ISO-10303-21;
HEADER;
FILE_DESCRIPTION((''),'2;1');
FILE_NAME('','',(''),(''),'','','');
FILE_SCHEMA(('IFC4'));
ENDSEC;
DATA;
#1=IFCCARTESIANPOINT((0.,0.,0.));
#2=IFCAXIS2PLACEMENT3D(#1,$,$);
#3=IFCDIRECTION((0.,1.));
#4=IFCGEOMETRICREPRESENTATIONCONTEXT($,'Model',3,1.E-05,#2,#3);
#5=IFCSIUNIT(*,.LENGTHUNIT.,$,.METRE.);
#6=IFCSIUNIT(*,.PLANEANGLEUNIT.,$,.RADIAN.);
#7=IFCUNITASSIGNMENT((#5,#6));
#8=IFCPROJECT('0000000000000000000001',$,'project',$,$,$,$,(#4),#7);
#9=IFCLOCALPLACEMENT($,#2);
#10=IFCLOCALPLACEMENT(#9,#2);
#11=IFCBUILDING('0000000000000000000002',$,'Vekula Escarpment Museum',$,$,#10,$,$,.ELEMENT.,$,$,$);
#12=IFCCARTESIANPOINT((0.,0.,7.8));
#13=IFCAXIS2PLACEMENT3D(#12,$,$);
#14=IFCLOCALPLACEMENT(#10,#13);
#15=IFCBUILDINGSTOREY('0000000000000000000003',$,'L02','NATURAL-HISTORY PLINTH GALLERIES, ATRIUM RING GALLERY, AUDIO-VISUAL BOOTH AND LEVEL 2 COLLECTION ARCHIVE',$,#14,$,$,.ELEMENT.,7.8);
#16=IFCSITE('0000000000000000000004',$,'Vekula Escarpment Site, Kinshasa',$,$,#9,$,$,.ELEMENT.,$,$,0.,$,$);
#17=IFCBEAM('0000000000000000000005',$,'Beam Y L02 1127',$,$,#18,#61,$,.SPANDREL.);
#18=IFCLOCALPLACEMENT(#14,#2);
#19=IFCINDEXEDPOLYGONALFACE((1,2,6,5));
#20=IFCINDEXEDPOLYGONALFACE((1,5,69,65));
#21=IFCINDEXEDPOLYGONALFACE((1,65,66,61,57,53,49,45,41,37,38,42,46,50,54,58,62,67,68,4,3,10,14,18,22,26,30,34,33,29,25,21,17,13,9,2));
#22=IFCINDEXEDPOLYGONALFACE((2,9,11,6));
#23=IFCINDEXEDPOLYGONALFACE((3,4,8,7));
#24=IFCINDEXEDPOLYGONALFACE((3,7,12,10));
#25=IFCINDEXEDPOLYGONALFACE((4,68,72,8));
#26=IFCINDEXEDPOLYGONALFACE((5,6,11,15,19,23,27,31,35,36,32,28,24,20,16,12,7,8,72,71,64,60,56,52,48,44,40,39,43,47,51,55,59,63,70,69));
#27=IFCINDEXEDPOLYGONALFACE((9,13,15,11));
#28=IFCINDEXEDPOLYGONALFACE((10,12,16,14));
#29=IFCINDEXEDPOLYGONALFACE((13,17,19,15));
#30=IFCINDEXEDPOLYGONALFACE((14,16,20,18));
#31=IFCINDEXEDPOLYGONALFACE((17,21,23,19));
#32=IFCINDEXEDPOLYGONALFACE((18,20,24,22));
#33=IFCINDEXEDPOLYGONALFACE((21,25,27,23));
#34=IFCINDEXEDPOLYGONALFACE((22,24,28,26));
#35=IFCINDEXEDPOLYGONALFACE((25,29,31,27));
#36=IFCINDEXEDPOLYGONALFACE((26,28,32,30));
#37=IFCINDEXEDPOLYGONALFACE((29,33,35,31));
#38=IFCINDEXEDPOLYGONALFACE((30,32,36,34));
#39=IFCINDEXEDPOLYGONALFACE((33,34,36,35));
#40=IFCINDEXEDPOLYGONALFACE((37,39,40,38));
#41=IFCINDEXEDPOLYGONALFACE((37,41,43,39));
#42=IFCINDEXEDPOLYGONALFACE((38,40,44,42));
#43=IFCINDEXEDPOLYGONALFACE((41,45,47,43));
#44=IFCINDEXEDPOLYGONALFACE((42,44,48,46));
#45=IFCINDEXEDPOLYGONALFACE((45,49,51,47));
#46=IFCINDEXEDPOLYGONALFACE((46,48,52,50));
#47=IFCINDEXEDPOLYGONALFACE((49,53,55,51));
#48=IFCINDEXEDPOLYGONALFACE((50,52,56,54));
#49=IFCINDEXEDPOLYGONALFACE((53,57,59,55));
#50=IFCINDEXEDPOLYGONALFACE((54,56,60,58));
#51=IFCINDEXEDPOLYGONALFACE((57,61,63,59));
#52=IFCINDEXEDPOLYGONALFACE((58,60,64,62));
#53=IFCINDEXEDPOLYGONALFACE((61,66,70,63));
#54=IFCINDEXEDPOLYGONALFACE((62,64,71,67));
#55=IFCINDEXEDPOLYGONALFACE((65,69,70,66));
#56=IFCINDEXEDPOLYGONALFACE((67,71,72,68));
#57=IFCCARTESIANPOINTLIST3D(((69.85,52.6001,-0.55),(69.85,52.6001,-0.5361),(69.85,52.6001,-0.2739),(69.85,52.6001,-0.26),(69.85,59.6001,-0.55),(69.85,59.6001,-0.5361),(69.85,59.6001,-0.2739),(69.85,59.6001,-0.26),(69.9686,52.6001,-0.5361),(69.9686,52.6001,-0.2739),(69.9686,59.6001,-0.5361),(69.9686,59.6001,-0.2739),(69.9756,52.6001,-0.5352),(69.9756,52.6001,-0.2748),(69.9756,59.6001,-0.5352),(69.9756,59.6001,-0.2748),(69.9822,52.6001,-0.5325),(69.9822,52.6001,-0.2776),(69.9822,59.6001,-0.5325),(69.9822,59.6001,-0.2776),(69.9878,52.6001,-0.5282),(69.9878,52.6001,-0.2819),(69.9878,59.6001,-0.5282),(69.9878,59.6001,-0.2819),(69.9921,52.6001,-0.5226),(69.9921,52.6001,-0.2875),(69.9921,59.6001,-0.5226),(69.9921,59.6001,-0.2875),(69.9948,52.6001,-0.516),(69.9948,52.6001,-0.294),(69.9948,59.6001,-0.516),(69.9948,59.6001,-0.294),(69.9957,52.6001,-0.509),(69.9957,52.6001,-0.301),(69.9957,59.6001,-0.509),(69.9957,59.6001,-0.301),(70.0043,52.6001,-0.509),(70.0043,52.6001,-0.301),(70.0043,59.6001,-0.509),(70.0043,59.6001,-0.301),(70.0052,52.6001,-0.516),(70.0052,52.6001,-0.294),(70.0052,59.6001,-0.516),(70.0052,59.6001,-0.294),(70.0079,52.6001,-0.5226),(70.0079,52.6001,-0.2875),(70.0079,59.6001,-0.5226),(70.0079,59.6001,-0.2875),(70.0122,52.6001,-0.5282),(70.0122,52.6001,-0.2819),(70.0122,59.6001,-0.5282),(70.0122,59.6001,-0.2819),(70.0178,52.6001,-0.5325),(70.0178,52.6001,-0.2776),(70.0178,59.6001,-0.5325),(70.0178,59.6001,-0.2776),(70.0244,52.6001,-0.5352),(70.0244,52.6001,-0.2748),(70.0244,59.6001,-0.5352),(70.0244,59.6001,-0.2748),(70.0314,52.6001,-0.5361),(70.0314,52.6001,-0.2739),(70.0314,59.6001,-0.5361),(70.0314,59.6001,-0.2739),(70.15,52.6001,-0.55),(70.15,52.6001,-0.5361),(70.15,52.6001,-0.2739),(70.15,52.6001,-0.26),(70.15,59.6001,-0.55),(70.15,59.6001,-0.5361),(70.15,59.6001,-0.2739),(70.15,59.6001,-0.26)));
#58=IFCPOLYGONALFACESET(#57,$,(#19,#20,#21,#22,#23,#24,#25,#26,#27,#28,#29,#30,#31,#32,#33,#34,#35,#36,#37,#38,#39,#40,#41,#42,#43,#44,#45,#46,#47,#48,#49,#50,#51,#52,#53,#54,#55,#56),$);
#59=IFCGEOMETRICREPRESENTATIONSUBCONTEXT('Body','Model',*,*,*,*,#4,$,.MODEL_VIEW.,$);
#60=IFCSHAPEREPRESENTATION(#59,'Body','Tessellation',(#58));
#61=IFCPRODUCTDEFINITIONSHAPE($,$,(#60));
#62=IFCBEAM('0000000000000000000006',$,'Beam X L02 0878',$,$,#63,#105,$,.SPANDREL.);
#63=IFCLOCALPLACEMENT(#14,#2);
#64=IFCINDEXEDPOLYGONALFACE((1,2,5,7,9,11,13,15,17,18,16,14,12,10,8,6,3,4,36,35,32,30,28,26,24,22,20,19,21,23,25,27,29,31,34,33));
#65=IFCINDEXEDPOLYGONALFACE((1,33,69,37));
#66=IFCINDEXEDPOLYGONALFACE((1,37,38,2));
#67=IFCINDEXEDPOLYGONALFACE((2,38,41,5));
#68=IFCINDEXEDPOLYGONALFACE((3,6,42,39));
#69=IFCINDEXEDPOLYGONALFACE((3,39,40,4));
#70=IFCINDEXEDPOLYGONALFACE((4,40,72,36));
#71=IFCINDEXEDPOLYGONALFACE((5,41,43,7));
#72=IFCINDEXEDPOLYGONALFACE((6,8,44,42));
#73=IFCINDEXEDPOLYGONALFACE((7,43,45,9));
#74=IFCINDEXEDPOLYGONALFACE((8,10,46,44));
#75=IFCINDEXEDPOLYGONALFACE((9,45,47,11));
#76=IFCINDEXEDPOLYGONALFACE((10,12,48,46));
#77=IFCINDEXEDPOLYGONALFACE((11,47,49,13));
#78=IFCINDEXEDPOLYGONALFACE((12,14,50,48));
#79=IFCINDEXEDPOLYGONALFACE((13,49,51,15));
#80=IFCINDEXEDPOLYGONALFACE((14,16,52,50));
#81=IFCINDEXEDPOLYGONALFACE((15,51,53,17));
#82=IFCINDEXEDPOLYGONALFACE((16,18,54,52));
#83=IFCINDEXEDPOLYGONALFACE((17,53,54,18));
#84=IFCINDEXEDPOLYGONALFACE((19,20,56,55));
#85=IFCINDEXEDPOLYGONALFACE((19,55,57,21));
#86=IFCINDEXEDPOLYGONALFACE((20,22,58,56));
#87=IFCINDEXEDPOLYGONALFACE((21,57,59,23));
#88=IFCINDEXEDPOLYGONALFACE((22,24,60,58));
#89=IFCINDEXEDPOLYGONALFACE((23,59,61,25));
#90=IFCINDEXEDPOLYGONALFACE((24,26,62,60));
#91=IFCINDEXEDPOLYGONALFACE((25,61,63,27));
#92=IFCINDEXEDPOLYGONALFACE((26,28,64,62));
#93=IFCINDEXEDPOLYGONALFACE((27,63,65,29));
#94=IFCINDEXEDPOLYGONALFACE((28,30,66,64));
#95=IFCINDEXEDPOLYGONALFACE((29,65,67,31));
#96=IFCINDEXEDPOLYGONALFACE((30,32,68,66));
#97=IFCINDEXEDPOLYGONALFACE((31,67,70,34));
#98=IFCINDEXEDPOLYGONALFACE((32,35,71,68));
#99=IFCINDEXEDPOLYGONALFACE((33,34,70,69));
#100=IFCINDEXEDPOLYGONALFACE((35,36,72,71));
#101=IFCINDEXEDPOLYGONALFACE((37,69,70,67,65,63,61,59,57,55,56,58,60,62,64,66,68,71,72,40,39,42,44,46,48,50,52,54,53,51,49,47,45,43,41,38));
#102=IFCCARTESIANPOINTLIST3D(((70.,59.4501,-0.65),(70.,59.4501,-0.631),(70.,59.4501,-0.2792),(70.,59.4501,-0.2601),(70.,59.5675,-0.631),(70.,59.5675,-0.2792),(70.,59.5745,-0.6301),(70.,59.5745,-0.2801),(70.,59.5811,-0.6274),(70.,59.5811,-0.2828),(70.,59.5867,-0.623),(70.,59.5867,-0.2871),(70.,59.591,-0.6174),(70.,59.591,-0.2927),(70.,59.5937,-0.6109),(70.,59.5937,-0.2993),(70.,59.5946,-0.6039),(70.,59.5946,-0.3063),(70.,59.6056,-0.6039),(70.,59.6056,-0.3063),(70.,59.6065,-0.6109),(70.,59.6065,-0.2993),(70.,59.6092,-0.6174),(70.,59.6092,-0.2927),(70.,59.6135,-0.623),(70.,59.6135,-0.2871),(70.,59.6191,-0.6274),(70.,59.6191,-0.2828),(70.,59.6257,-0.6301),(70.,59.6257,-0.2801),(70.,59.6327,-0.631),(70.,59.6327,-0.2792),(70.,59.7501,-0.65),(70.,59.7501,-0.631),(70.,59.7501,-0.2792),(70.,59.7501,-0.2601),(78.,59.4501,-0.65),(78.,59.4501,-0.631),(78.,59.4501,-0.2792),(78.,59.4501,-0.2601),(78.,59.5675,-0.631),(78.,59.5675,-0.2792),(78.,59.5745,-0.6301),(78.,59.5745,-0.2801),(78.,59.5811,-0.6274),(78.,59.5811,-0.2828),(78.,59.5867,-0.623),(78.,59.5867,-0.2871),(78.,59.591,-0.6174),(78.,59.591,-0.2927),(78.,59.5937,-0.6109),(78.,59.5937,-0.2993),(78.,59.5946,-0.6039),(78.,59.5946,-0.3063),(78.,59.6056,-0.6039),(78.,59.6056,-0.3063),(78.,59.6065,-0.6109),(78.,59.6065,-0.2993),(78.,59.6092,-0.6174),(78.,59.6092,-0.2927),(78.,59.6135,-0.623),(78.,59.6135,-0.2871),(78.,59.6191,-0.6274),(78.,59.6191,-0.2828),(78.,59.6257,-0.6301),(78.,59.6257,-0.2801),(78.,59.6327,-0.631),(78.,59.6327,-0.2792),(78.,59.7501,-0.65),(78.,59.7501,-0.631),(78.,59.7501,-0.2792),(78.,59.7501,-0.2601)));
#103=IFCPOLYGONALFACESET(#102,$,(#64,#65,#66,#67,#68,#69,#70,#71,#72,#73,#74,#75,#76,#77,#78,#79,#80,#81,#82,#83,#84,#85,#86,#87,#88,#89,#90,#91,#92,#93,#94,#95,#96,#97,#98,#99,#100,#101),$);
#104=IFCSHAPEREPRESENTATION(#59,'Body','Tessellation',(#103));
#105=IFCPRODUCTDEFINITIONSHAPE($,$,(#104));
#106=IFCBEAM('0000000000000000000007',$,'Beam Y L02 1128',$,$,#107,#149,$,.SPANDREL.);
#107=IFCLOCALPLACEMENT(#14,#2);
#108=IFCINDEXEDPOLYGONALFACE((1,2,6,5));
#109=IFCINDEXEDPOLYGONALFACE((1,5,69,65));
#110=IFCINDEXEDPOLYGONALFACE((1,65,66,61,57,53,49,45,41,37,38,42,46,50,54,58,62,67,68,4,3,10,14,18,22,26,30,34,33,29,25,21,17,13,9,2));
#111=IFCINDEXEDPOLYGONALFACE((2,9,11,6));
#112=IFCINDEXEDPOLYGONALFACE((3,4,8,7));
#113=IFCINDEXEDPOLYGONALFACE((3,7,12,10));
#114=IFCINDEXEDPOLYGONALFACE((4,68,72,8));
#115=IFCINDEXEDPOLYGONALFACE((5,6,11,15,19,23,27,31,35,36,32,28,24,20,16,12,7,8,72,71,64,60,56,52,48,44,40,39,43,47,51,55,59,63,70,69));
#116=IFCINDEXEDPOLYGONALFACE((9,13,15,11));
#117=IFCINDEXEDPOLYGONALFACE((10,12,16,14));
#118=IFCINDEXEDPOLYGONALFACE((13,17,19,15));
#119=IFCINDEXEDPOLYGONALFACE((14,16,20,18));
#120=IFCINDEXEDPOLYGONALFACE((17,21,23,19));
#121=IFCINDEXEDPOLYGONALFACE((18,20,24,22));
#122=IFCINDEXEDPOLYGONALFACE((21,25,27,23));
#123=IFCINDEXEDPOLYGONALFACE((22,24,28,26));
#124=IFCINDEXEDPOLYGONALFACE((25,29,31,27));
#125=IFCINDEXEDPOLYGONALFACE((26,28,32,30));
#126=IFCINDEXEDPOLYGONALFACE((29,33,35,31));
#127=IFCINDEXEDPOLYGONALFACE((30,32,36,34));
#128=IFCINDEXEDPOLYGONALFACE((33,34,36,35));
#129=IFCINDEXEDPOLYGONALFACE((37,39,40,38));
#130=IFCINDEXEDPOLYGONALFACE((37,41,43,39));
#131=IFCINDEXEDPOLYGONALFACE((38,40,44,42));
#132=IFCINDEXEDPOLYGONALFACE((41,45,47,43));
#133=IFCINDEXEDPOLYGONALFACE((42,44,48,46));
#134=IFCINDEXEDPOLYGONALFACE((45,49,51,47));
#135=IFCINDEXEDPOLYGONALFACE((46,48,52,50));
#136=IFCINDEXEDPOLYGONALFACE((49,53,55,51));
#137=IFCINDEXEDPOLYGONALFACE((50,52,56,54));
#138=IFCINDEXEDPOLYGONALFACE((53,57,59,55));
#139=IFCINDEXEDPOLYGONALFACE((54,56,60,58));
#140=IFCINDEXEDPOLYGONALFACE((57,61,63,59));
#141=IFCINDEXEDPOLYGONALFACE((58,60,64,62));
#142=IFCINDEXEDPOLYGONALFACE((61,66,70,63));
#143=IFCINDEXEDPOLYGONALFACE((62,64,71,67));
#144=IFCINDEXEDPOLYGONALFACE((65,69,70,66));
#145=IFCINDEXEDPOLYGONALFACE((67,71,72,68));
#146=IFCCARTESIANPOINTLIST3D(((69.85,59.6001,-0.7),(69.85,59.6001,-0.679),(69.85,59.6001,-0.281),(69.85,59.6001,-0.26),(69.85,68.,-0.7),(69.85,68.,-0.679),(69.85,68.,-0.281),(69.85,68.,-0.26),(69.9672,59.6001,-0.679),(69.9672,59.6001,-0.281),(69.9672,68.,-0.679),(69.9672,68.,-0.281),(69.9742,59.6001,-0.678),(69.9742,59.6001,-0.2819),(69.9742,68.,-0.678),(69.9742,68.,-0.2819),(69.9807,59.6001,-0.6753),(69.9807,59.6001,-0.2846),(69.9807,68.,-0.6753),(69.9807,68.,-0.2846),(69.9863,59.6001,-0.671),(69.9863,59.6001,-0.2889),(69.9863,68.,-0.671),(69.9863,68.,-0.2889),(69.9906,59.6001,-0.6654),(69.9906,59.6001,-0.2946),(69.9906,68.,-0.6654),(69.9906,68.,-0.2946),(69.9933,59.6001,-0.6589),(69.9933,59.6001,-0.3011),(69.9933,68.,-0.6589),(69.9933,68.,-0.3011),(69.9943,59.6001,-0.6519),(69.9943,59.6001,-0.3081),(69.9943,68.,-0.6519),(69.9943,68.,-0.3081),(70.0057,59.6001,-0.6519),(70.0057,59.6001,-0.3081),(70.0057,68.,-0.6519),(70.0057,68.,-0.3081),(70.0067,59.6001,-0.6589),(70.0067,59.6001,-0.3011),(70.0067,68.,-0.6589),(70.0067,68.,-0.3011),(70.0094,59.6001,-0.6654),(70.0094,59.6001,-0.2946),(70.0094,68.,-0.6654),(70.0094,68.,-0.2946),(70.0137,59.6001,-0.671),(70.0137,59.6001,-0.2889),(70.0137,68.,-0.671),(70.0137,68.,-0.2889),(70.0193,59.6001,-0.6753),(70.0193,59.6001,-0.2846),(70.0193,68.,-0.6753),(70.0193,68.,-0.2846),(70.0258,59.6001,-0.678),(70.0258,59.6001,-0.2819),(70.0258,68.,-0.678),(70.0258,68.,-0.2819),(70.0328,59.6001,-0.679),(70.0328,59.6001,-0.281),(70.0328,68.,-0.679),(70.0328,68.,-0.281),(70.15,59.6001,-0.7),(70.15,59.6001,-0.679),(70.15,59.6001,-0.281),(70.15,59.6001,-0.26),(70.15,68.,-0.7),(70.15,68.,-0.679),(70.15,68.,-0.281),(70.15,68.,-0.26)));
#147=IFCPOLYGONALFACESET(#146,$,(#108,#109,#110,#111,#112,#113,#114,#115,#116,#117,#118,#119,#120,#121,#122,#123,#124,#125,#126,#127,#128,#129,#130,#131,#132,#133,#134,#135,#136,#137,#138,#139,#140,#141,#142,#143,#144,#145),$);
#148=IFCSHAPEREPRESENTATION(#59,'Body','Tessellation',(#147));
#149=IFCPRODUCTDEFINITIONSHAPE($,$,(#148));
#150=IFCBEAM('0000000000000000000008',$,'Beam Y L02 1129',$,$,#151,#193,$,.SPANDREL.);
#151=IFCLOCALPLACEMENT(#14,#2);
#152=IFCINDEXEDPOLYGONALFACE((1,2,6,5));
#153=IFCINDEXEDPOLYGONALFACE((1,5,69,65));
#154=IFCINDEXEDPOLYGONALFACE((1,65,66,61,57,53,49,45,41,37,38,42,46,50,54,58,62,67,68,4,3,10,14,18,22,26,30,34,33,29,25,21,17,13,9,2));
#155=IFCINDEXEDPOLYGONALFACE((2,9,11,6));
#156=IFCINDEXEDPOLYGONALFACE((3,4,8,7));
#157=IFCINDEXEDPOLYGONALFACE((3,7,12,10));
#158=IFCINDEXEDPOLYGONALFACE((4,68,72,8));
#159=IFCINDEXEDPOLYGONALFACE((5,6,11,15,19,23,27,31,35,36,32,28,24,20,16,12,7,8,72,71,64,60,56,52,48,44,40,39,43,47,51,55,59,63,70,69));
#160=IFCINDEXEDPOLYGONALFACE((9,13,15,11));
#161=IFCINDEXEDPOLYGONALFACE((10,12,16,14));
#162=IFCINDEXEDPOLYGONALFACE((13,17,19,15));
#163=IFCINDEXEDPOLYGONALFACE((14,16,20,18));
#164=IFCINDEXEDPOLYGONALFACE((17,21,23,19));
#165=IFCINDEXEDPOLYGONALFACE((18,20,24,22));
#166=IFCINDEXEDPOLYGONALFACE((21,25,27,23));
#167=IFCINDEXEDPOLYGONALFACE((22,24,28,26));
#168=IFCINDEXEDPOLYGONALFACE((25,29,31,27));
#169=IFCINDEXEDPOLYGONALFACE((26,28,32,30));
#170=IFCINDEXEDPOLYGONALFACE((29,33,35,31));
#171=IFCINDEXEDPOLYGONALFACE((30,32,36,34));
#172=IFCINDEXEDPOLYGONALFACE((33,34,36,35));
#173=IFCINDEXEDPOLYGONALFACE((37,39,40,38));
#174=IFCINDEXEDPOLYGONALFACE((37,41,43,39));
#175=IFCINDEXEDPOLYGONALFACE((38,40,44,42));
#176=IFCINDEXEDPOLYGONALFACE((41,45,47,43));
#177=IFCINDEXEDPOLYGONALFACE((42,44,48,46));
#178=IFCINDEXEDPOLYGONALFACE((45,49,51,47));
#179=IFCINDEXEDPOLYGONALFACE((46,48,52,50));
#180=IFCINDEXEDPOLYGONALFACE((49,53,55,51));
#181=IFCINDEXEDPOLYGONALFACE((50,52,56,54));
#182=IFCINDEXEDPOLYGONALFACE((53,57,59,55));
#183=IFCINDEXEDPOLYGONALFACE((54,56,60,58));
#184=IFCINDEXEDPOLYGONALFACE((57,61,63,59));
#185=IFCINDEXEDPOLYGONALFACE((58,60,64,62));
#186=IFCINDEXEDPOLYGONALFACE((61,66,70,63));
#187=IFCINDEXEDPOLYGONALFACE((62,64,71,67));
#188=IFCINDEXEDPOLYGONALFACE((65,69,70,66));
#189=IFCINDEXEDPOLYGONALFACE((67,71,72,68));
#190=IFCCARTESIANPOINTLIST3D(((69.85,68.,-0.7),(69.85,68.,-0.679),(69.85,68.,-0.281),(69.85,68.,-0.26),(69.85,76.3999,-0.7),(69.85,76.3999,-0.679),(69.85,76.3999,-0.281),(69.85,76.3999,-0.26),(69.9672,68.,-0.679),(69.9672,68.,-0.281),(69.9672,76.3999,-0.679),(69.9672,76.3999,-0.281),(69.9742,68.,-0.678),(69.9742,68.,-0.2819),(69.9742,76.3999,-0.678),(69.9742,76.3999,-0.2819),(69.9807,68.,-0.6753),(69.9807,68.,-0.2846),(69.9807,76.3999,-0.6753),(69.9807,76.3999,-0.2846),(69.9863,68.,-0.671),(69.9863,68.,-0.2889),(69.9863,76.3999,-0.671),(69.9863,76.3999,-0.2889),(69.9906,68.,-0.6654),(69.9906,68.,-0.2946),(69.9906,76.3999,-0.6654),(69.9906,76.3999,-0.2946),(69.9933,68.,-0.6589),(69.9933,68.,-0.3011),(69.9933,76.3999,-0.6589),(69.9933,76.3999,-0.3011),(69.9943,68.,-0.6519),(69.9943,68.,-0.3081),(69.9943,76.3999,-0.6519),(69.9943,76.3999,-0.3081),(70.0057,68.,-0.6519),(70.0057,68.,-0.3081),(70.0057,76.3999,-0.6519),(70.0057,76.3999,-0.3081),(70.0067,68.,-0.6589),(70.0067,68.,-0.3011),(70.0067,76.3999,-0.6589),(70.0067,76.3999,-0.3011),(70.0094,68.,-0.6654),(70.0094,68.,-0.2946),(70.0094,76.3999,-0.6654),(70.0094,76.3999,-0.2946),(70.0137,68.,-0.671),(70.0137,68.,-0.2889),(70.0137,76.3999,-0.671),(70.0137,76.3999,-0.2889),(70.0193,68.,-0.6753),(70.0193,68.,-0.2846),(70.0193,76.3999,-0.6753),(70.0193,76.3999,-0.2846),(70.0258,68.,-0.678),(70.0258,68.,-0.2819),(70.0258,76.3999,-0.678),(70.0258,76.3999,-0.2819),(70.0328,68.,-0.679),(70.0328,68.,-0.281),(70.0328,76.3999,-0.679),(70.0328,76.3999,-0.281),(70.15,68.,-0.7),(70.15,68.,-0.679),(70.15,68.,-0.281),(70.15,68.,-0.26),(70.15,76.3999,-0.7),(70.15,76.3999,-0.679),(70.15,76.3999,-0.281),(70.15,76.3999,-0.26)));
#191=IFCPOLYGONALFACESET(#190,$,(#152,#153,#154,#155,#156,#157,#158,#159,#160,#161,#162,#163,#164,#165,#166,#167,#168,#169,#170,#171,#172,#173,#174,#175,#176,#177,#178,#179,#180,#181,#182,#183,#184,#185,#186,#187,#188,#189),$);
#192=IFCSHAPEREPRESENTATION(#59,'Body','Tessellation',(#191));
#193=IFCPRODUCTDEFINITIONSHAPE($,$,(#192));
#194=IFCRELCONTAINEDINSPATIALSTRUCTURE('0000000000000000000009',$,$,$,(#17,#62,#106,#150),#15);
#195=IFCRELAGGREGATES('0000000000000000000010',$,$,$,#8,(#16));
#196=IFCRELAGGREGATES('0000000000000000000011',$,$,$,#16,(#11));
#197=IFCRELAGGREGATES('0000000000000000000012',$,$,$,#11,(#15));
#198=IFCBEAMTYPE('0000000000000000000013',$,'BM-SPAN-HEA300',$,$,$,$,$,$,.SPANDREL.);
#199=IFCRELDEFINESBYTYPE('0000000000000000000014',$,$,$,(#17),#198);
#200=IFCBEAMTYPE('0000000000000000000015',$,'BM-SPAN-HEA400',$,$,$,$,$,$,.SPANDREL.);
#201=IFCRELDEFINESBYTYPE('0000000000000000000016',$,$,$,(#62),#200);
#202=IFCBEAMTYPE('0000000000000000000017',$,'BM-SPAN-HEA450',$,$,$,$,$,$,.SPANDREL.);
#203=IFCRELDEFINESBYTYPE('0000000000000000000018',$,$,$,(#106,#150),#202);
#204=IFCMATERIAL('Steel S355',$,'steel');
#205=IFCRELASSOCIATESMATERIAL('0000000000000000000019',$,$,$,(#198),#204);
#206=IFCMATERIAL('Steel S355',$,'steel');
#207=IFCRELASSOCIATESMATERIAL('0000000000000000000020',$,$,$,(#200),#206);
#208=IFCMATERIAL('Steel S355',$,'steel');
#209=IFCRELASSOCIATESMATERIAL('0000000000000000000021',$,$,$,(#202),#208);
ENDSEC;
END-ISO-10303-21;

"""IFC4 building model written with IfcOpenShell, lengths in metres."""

from ifc_helpers import new_model, si_unit, direction, frame, origin, origin_2d, place, context, subcontext, project, spatial, i_section, extrude, material, material_profile, profile_set, type_object, element, save


model = new_model("IFC4")

# Units and contexts
model_context = context("Model", 3, precision=1e-05, world=origin(), true_north=direction((0.0, 1.0)))
body_context = subcontext(model_context, "Body", "Model", "MODEL_VIEW")
ifc_project = project(units=[si_unit("LENGTHUNIT", "METRE"), si_unit("PLANEANGLEUNIT", "RADIAN")], contexts=[model_context])

# Site, building, storey
site_placement = place(None, origin())
site = spatial("IfcSite", under=ifc_project, at=site_placement, Name="Vekula Escarpment Site, Kinshasa", CompositionType="ELEMENT", RefElevation=0.0)
building_placement = place(site_placement, origin())
building = spatial("IfcBuilding", under=site, at=building_placement, Name="Vekula Escarpment Museum", CompositionType="ELEMENT")
storey_placement = place(building_placement, frame((0.0, 0.0, 7.8)))
storey = spatial("IfcBuildingStorey", under=building, at=storey_placement, Name="L02", Description="NATURAL-HISTORY PLINTH GALLERIES, ATRIUM RING GALLERY, AUDIO-VISUAL BOOTH AND LEVEL 2 COLLECTION ARCHIVE", CompositionType="ELEMENT", Elevation=7.8)

# Beams
ifc_material_1 = material(Name="Steel S355", Category="steel")
ifc_material_profile_1 = material_profile(ifc_material_1, i_section(OverallWidth=0.3, OverallDepth=0.29, WebThickness=0.0085, FlangeThickness=0.0139, FilletRadius=0.0271, at=origin_2d()), Name="HEA 300")
ifc_profile_set_1 = profile_set([ifc_material_profile_1], Name="Steel S355")
beam_type_1 = type_object("IfcBeamType", Name="BM-SPAN-HEA300", PredefinedType="SPANDREL", material=ifc_profile_set_1)
beam_1_placement = place(storey_placement, frame((70.0, 52.6001, -0.405), z_axis=(0.0, 1.0, 0.0), x_axis=(-1.0, 0.0, 0.0)))
element("IfcBeam", 1, at=beam_1_placement, inside=storey, type_object=beam_type_1, Name="Beam Y L02 1127", PredefinedType="SPANDREL", context=body_context, shape_type="SweptSolid", body=[
    extrude(i_section(OverallWidth=0.3, OverallDepth=0.29, WebThickness=0.0085, FlangeThickness=0.0139, FilletRadius=0.0271, at=origin_2d()), origin(), (0.0, 0.0, 1.0), 7.0),
])
ifc_material_2 = material(Name="Steel S355", Category="steel")
ifc_material_profile_2 = material_profile(ifc_material_2, i_section(OverallWidth=0.3, OverallDepth=0.3899, WebThickness=0.011, FlangeThickness=0.019, FilletRadius=0.0271, at=origin_2d()), Name="HEA 400")
ifc_profile_set_2 = profile_set([ifc_material_profile_2], Name="Steel S355")
beam_type_2 = type_object("IfcBeamType", Name="BM-SPAN-HEA400", PredefinedType="SPANDREL", material=ifc_profile_set_2)
beam_2_placement = place(storey_placement, frame((70.0, 59.6001, -0.4551), z_axis=(1.0, 0.0, 0.0), x_axis=(0.0, 1.0, 0.0)))
element("IfcBeam", 2, at=beam_2_placement, inside=storey, type_object=beam_type_2, Name="Beam X L02 0878", PredefinedType="SPANDREL", context=body_context, shape_type="SweptSolid", body=[
    extrude(i_section(OverallWidth=0.3, OverallDepth=0.3899, WebThickness=0.011, FlangeThickness=0.019, FilletRadius=0.0271, at=origin_2d()), origin(), (0.0, 0.0, 1.0), 8.0),
])
ifc_material_3 = material(Name="Steel S355", Category="steel")
ifc_material_profile_3 = material_profile(ifc_material_3, i_section(OverallWidth=0.3, OverallDepth=0.4399, WebThickness=0.0115, FlangeThickness=0.021, FilletRadius=0.0271, at=origin_2d()), Name="HEA 450")
ifc_profile_set_3 = profile_set([ifc_material_profile_3], Name="Steel S355")
beam_type_3 = type_object("IfcBeamType", Name="BM-SPAN-HEA450", PredefinedType="SPANDREL", material=ifc_profile_set_3)
for number, where, z_axis, x_axis, name in (
    (3, (70.0, 59.6001, -0.48), (0.0, 1.0, 0.0), (-1.0, 0.0, 0.0), "Beam Y L02 1128"),
    (4, (70.0, 68.0, -0.48), (0.0, 1.0, 0.0), (-1.0, 0.0, 0.0), "Beam Y L02 1129"),
):
    element("IfcBeam", number, at=place(storey_placement, frame(where, z_axis=z_axis, x_axis=x_axis)), inside=storey, type_object=beam_type_3, Name=name, PredefinedType="SPANDREL", context=body_context, shape_type="SweptSolid", body=[
        extrude(i_section(OverallWidth=0.3, OverallDepth=0.4399, WebThickness=0.0115, FlangeThickness=0.021, FilletRadius=0.0271, at=origin_2d()), origin(), (0.0, 0.0, 1.0), 8.3999),
    ])

save(model, "model.ifc")
